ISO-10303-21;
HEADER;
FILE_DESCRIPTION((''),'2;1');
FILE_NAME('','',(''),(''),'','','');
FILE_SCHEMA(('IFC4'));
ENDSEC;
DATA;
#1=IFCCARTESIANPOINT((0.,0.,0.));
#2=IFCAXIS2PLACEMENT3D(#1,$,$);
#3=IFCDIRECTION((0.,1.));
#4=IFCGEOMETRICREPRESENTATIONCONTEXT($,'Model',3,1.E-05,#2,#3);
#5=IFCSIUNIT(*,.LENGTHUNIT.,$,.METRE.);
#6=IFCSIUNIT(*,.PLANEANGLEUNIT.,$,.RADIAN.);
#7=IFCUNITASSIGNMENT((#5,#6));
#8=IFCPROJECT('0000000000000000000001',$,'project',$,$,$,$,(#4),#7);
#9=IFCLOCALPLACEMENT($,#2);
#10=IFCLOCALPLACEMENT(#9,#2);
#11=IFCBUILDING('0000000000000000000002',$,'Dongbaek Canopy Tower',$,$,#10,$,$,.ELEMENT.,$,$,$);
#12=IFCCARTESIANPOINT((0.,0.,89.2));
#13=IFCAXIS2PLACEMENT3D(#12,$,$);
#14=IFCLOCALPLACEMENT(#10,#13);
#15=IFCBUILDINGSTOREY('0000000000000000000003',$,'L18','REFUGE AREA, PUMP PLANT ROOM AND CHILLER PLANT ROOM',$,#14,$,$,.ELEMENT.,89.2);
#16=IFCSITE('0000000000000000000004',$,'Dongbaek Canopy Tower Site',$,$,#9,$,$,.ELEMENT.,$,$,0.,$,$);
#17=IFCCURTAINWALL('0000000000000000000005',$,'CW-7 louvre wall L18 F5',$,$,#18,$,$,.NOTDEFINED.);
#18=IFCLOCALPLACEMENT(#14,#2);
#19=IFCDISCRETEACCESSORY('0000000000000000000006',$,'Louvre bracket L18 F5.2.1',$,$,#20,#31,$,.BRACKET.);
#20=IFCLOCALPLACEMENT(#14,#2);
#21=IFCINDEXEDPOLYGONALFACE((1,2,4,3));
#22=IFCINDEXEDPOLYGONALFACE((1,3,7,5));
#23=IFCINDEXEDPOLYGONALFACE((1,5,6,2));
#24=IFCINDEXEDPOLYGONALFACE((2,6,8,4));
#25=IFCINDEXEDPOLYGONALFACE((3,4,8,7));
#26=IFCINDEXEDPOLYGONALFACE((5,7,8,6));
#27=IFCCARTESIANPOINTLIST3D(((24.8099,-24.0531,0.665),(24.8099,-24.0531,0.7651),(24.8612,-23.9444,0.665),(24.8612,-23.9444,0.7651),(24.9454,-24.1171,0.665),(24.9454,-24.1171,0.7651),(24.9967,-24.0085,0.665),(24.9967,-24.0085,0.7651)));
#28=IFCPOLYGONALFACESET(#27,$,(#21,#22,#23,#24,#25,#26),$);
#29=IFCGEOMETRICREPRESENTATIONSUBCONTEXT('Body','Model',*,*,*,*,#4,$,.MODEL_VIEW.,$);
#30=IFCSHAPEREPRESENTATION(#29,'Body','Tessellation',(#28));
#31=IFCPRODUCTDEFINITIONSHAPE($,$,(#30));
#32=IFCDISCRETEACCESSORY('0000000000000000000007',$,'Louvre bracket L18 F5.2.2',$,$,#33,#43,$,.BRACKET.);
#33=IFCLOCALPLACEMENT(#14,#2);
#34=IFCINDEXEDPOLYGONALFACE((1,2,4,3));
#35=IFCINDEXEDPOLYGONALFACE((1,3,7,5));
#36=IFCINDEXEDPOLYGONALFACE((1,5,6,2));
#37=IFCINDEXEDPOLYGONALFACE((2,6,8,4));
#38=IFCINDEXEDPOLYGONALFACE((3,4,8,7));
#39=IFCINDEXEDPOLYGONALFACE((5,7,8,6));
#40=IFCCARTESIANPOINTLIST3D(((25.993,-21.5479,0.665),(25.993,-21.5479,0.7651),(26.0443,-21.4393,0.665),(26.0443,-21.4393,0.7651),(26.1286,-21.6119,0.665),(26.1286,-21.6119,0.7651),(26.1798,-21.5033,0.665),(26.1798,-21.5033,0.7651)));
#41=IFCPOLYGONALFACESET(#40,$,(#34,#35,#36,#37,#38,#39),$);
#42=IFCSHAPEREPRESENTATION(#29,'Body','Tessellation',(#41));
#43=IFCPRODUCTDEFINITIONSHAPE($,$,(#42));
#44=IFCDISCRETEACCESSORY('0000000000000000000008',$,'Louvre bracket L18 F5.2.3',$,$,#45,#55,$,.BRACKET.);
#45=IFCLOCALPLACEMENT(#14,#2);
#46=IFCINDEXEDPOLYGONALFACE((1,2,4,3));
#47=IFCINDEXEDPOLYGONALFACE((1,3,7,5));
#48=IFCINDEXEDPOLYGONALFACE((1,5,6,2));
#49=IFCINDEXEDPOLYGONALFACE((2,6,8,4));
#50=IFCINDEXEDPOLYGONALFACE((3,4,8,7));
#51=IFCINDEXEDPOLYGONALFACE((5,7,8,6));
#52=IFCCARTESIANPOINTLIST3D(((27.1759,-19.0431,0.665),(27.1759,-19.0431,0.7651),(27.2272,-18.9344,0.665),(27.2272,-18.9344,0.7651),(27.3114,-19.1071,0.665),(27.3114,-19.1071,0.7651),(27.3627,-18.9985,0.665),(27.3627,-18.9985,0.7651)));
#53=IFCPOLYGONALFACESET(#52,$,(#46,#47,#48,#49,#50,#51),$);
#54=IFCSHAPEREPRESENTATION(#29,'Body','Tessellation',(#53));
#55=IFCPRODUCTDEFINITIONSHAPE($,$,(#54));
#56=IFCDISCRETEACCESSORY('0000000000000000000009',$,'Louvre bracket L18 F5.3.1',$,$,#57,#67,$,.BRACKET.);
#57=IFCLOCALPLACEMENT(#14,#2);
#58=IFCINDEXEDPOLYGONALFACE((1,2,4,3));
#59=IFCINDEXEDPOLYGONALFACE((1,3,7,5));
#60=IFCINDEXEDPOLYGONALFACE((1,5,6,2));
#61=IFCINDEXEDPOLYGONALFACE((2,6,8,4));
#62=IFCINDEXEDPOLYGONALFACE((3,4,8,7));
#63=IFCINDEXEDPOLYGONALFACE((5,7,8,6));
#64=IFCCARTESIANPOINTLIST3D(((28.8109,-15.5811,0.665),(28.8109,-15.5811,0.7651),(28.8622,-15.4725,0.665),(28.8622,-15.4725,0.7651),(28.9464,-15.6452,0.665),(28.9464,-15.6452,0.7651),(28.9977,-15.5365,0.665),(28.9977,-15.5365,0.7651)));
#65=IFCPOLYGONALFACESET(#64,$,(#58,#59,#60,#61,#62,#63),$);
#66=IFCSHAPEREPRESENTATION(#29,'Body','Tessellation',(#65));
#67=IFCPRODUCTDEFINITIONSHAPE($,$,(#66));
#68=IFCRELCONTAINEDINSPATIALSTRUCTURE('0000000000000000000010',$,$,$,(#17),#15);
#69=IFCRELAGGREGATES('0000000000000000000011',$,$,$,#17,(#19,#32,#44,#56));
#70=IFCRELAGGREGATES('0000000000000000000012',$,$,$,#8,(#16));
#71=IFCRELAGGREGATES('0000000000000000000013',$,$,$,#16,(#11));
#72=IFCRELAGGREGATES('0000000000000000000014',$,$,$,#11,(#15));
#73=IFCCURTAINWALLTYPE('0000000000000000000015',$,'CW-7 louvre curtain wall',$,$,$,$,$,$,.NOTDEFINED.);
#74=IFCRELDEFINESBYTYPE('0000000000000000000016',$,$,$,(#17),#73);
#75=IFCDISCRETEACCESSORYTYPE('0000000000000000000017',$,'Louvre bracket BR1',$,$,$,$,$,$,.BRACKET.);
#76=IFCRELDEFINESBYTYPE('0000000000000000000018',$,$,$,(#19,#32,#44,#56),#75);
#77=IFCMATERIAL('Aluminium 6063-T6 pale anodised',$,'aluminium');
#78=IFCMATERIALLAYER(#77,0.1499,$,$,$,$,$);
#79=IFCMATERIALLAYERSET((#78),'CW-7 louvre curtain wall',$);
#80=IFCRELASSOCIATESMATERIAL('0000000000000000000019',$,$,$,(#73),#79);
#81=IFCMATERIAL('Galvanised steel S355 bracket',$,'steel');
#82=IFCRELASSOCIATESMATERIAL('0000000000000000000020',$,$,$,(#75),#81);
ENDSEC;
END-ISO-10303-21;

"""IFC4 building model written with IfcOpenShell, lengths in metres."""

from ifc_helpers import new_model, si_unit, direction, frame, origin, origin_2d, place, context, subcontext, project, spatial, rectangle, extrude, material, layer, layer_set, type_object, element, aggregate, save


model = new_model("IFC4")

# Units and contexts
model_context = context("Model", 3, precision=1e-05, world=origin(), true_north=direction((0.0, 1.0)))
body_context = subcontext(model_context, "Body", "Model", "MODEL_VIEW")
ifc_project = project(units=[si_unit("LENGTHUNIT", "METRE"), si_unit("PLANEANGLEUNIT", "RADIAN")], contexts=[model_context])

# Site, building, storey
site_placement = place(None, origin())
site = spatial("IfcSite", under=ifc_project, at=site_placement, Name="Dongbaek Canopy Tower Site", CompositionType="ELEMENT", RefElevation=0.0)
building_placement = place(site_placement, origin())
building = spatial("IfcBuilding", under=site, at=building_placement, Name="Dongbaek Canopy Tower", CompositionType="ELEMENT")
storey_placement = place(building_placement, frame((0.0, 0.0, 89.2)))
storey = spatial("IfcBuildingStorey", under=building, at=storey_placement, Name="L18", Description="REFUGE AREA, PUMP PLANT ROOM AND CHILLER PLANT ROOM", CompositionType="ELEMENT", Elevation=89.2)

# Curtain wall
ifc_material_1 = material(Name="Aluminium 6063-T6 pale anodised", Category="aluminium")
ifc_layer_1 = layer(ifc_material_1, 0.1499)
ifc_layer_set_1 = layer_set([ifc_layer_1], Name="CW-7 louvre curtain wall")
curtain_wall_type = type_object("IfcCurtainWallType", Name="CW-7 louvre curtain wall", PredefinedType="NOTDEFINED", material=ifc_layer_set_1)
curtain_wall_placement = place(storey_placement, origin())
curtain_wall = element("IfcCurtainWall", 1, at=curtain_wall_placement, inside=storey, type_object=curtain_wall_type, Name="CW-7 louvre wall L18 F5", PredefinedType="NOTDEFINED")

# Discrete accessories
ifc_material_2 = material(Name="Galvanised steel S355 bracket", Category="steel")
discrete_accessory_type = type_object("IfcDiscreteAccessoryType", Name="Louvre bracket BR1", PredefinedType="BRACKET", material=ifc_material_2)
discrete_accessory_1_placement = place(storey_placement, frame((24.9033, -24.0308, 0.665), z_axis=(0.0, 0.0, 1.0), x_axis=(0.427039, 0.904233, 0.0)))
discrete_accessory_1 = element("IfcDiscreteAccessory", 2, at=discrete_accessory_1_placement, type_object=discrete_accessory_type, Name="Louvre bracket L18 F5.2.1", PredefinedType="BRACKET", context=body_context, shape_type="SweptSolid", body=[
    extrude(rectangle(XDim=0.1201, YDim=0.1499, at=origin_2d()), origin(), (0.0, 0.0, 1.0), 0.1001),
])
discrete_accessory_2_placement = place(storey_placement, frame((26.0864, -21.5256, 0.665), z_axis=(0.0, 0.0, 1.0), x_axis=(0.427039, 0.904233, 0.0)))
discrete_accessory_2 = element("IfcDiscreteAccessory", 3, at=discrete_accessory_2_placement, type_object=discrete_accessory_type, Name="Louvre bracket L18 F5.2.2", PredefinedType="BRACKET", context=body_context, shape_type="SweptSolid", body=[
    extrude(rectangle(XDim=0.1201, YDim=0.1499, at=origin_2d()), origin(), (0.0, 0.0, 1.0), 0.1001),
])
discrete_accessory_3_placement = place(storey_placement, frame((27.2693, -19.0208, 0.665), z_axis=(0.0, 0.0, 1.0), x_axis=(0.427039, 0.904233, 0.0)))
discrete_accessory_3 = element("IfcDiscreteAccessory", 4, at=discrete_accessory_3_placement, type_object=discrete_accessory_type, Name="Louvre bracket L18 F5.2.3", PredefinedType="BRACKET", context=body_context, shape_type="SweptSolid", body=[
    extrude(rectangle(XDim=0.1201, YDim=0.1499, at=origin_2d()), origin(), (0.0, 0.0, 1.0), 0.1001),
])
discrete_accessory_4_placement = place(storey_placement, frame((28.9043, -15.5588, 0.665), z_axis=(0.0, 0.0, 1.0), x_axis=(0.427039, 0.904233, 0.0)))
discrete_accessory_4 = element("IfcDiscreteAccessory", 5, at=discrete_accessory_4_placement, type_object=discrete_accessory_type, Name="Louvre bracket L18 F5.3.1", PredefinedType="BRACKET", context=body_context, shape_type="SweptSolid", body=[
    extrude(rectangle(XDim=0.1201, YDim=0.1499, at=origin_2d()), origin(), (0.0, 0.0, 1.0), 0.1001),
])
aggregate(curtain_wall, [discrete_accessory_1, discrete_accessory_2, discrete_accessory_3, discrete_accessory_4])

save(model, "model.ifc")
